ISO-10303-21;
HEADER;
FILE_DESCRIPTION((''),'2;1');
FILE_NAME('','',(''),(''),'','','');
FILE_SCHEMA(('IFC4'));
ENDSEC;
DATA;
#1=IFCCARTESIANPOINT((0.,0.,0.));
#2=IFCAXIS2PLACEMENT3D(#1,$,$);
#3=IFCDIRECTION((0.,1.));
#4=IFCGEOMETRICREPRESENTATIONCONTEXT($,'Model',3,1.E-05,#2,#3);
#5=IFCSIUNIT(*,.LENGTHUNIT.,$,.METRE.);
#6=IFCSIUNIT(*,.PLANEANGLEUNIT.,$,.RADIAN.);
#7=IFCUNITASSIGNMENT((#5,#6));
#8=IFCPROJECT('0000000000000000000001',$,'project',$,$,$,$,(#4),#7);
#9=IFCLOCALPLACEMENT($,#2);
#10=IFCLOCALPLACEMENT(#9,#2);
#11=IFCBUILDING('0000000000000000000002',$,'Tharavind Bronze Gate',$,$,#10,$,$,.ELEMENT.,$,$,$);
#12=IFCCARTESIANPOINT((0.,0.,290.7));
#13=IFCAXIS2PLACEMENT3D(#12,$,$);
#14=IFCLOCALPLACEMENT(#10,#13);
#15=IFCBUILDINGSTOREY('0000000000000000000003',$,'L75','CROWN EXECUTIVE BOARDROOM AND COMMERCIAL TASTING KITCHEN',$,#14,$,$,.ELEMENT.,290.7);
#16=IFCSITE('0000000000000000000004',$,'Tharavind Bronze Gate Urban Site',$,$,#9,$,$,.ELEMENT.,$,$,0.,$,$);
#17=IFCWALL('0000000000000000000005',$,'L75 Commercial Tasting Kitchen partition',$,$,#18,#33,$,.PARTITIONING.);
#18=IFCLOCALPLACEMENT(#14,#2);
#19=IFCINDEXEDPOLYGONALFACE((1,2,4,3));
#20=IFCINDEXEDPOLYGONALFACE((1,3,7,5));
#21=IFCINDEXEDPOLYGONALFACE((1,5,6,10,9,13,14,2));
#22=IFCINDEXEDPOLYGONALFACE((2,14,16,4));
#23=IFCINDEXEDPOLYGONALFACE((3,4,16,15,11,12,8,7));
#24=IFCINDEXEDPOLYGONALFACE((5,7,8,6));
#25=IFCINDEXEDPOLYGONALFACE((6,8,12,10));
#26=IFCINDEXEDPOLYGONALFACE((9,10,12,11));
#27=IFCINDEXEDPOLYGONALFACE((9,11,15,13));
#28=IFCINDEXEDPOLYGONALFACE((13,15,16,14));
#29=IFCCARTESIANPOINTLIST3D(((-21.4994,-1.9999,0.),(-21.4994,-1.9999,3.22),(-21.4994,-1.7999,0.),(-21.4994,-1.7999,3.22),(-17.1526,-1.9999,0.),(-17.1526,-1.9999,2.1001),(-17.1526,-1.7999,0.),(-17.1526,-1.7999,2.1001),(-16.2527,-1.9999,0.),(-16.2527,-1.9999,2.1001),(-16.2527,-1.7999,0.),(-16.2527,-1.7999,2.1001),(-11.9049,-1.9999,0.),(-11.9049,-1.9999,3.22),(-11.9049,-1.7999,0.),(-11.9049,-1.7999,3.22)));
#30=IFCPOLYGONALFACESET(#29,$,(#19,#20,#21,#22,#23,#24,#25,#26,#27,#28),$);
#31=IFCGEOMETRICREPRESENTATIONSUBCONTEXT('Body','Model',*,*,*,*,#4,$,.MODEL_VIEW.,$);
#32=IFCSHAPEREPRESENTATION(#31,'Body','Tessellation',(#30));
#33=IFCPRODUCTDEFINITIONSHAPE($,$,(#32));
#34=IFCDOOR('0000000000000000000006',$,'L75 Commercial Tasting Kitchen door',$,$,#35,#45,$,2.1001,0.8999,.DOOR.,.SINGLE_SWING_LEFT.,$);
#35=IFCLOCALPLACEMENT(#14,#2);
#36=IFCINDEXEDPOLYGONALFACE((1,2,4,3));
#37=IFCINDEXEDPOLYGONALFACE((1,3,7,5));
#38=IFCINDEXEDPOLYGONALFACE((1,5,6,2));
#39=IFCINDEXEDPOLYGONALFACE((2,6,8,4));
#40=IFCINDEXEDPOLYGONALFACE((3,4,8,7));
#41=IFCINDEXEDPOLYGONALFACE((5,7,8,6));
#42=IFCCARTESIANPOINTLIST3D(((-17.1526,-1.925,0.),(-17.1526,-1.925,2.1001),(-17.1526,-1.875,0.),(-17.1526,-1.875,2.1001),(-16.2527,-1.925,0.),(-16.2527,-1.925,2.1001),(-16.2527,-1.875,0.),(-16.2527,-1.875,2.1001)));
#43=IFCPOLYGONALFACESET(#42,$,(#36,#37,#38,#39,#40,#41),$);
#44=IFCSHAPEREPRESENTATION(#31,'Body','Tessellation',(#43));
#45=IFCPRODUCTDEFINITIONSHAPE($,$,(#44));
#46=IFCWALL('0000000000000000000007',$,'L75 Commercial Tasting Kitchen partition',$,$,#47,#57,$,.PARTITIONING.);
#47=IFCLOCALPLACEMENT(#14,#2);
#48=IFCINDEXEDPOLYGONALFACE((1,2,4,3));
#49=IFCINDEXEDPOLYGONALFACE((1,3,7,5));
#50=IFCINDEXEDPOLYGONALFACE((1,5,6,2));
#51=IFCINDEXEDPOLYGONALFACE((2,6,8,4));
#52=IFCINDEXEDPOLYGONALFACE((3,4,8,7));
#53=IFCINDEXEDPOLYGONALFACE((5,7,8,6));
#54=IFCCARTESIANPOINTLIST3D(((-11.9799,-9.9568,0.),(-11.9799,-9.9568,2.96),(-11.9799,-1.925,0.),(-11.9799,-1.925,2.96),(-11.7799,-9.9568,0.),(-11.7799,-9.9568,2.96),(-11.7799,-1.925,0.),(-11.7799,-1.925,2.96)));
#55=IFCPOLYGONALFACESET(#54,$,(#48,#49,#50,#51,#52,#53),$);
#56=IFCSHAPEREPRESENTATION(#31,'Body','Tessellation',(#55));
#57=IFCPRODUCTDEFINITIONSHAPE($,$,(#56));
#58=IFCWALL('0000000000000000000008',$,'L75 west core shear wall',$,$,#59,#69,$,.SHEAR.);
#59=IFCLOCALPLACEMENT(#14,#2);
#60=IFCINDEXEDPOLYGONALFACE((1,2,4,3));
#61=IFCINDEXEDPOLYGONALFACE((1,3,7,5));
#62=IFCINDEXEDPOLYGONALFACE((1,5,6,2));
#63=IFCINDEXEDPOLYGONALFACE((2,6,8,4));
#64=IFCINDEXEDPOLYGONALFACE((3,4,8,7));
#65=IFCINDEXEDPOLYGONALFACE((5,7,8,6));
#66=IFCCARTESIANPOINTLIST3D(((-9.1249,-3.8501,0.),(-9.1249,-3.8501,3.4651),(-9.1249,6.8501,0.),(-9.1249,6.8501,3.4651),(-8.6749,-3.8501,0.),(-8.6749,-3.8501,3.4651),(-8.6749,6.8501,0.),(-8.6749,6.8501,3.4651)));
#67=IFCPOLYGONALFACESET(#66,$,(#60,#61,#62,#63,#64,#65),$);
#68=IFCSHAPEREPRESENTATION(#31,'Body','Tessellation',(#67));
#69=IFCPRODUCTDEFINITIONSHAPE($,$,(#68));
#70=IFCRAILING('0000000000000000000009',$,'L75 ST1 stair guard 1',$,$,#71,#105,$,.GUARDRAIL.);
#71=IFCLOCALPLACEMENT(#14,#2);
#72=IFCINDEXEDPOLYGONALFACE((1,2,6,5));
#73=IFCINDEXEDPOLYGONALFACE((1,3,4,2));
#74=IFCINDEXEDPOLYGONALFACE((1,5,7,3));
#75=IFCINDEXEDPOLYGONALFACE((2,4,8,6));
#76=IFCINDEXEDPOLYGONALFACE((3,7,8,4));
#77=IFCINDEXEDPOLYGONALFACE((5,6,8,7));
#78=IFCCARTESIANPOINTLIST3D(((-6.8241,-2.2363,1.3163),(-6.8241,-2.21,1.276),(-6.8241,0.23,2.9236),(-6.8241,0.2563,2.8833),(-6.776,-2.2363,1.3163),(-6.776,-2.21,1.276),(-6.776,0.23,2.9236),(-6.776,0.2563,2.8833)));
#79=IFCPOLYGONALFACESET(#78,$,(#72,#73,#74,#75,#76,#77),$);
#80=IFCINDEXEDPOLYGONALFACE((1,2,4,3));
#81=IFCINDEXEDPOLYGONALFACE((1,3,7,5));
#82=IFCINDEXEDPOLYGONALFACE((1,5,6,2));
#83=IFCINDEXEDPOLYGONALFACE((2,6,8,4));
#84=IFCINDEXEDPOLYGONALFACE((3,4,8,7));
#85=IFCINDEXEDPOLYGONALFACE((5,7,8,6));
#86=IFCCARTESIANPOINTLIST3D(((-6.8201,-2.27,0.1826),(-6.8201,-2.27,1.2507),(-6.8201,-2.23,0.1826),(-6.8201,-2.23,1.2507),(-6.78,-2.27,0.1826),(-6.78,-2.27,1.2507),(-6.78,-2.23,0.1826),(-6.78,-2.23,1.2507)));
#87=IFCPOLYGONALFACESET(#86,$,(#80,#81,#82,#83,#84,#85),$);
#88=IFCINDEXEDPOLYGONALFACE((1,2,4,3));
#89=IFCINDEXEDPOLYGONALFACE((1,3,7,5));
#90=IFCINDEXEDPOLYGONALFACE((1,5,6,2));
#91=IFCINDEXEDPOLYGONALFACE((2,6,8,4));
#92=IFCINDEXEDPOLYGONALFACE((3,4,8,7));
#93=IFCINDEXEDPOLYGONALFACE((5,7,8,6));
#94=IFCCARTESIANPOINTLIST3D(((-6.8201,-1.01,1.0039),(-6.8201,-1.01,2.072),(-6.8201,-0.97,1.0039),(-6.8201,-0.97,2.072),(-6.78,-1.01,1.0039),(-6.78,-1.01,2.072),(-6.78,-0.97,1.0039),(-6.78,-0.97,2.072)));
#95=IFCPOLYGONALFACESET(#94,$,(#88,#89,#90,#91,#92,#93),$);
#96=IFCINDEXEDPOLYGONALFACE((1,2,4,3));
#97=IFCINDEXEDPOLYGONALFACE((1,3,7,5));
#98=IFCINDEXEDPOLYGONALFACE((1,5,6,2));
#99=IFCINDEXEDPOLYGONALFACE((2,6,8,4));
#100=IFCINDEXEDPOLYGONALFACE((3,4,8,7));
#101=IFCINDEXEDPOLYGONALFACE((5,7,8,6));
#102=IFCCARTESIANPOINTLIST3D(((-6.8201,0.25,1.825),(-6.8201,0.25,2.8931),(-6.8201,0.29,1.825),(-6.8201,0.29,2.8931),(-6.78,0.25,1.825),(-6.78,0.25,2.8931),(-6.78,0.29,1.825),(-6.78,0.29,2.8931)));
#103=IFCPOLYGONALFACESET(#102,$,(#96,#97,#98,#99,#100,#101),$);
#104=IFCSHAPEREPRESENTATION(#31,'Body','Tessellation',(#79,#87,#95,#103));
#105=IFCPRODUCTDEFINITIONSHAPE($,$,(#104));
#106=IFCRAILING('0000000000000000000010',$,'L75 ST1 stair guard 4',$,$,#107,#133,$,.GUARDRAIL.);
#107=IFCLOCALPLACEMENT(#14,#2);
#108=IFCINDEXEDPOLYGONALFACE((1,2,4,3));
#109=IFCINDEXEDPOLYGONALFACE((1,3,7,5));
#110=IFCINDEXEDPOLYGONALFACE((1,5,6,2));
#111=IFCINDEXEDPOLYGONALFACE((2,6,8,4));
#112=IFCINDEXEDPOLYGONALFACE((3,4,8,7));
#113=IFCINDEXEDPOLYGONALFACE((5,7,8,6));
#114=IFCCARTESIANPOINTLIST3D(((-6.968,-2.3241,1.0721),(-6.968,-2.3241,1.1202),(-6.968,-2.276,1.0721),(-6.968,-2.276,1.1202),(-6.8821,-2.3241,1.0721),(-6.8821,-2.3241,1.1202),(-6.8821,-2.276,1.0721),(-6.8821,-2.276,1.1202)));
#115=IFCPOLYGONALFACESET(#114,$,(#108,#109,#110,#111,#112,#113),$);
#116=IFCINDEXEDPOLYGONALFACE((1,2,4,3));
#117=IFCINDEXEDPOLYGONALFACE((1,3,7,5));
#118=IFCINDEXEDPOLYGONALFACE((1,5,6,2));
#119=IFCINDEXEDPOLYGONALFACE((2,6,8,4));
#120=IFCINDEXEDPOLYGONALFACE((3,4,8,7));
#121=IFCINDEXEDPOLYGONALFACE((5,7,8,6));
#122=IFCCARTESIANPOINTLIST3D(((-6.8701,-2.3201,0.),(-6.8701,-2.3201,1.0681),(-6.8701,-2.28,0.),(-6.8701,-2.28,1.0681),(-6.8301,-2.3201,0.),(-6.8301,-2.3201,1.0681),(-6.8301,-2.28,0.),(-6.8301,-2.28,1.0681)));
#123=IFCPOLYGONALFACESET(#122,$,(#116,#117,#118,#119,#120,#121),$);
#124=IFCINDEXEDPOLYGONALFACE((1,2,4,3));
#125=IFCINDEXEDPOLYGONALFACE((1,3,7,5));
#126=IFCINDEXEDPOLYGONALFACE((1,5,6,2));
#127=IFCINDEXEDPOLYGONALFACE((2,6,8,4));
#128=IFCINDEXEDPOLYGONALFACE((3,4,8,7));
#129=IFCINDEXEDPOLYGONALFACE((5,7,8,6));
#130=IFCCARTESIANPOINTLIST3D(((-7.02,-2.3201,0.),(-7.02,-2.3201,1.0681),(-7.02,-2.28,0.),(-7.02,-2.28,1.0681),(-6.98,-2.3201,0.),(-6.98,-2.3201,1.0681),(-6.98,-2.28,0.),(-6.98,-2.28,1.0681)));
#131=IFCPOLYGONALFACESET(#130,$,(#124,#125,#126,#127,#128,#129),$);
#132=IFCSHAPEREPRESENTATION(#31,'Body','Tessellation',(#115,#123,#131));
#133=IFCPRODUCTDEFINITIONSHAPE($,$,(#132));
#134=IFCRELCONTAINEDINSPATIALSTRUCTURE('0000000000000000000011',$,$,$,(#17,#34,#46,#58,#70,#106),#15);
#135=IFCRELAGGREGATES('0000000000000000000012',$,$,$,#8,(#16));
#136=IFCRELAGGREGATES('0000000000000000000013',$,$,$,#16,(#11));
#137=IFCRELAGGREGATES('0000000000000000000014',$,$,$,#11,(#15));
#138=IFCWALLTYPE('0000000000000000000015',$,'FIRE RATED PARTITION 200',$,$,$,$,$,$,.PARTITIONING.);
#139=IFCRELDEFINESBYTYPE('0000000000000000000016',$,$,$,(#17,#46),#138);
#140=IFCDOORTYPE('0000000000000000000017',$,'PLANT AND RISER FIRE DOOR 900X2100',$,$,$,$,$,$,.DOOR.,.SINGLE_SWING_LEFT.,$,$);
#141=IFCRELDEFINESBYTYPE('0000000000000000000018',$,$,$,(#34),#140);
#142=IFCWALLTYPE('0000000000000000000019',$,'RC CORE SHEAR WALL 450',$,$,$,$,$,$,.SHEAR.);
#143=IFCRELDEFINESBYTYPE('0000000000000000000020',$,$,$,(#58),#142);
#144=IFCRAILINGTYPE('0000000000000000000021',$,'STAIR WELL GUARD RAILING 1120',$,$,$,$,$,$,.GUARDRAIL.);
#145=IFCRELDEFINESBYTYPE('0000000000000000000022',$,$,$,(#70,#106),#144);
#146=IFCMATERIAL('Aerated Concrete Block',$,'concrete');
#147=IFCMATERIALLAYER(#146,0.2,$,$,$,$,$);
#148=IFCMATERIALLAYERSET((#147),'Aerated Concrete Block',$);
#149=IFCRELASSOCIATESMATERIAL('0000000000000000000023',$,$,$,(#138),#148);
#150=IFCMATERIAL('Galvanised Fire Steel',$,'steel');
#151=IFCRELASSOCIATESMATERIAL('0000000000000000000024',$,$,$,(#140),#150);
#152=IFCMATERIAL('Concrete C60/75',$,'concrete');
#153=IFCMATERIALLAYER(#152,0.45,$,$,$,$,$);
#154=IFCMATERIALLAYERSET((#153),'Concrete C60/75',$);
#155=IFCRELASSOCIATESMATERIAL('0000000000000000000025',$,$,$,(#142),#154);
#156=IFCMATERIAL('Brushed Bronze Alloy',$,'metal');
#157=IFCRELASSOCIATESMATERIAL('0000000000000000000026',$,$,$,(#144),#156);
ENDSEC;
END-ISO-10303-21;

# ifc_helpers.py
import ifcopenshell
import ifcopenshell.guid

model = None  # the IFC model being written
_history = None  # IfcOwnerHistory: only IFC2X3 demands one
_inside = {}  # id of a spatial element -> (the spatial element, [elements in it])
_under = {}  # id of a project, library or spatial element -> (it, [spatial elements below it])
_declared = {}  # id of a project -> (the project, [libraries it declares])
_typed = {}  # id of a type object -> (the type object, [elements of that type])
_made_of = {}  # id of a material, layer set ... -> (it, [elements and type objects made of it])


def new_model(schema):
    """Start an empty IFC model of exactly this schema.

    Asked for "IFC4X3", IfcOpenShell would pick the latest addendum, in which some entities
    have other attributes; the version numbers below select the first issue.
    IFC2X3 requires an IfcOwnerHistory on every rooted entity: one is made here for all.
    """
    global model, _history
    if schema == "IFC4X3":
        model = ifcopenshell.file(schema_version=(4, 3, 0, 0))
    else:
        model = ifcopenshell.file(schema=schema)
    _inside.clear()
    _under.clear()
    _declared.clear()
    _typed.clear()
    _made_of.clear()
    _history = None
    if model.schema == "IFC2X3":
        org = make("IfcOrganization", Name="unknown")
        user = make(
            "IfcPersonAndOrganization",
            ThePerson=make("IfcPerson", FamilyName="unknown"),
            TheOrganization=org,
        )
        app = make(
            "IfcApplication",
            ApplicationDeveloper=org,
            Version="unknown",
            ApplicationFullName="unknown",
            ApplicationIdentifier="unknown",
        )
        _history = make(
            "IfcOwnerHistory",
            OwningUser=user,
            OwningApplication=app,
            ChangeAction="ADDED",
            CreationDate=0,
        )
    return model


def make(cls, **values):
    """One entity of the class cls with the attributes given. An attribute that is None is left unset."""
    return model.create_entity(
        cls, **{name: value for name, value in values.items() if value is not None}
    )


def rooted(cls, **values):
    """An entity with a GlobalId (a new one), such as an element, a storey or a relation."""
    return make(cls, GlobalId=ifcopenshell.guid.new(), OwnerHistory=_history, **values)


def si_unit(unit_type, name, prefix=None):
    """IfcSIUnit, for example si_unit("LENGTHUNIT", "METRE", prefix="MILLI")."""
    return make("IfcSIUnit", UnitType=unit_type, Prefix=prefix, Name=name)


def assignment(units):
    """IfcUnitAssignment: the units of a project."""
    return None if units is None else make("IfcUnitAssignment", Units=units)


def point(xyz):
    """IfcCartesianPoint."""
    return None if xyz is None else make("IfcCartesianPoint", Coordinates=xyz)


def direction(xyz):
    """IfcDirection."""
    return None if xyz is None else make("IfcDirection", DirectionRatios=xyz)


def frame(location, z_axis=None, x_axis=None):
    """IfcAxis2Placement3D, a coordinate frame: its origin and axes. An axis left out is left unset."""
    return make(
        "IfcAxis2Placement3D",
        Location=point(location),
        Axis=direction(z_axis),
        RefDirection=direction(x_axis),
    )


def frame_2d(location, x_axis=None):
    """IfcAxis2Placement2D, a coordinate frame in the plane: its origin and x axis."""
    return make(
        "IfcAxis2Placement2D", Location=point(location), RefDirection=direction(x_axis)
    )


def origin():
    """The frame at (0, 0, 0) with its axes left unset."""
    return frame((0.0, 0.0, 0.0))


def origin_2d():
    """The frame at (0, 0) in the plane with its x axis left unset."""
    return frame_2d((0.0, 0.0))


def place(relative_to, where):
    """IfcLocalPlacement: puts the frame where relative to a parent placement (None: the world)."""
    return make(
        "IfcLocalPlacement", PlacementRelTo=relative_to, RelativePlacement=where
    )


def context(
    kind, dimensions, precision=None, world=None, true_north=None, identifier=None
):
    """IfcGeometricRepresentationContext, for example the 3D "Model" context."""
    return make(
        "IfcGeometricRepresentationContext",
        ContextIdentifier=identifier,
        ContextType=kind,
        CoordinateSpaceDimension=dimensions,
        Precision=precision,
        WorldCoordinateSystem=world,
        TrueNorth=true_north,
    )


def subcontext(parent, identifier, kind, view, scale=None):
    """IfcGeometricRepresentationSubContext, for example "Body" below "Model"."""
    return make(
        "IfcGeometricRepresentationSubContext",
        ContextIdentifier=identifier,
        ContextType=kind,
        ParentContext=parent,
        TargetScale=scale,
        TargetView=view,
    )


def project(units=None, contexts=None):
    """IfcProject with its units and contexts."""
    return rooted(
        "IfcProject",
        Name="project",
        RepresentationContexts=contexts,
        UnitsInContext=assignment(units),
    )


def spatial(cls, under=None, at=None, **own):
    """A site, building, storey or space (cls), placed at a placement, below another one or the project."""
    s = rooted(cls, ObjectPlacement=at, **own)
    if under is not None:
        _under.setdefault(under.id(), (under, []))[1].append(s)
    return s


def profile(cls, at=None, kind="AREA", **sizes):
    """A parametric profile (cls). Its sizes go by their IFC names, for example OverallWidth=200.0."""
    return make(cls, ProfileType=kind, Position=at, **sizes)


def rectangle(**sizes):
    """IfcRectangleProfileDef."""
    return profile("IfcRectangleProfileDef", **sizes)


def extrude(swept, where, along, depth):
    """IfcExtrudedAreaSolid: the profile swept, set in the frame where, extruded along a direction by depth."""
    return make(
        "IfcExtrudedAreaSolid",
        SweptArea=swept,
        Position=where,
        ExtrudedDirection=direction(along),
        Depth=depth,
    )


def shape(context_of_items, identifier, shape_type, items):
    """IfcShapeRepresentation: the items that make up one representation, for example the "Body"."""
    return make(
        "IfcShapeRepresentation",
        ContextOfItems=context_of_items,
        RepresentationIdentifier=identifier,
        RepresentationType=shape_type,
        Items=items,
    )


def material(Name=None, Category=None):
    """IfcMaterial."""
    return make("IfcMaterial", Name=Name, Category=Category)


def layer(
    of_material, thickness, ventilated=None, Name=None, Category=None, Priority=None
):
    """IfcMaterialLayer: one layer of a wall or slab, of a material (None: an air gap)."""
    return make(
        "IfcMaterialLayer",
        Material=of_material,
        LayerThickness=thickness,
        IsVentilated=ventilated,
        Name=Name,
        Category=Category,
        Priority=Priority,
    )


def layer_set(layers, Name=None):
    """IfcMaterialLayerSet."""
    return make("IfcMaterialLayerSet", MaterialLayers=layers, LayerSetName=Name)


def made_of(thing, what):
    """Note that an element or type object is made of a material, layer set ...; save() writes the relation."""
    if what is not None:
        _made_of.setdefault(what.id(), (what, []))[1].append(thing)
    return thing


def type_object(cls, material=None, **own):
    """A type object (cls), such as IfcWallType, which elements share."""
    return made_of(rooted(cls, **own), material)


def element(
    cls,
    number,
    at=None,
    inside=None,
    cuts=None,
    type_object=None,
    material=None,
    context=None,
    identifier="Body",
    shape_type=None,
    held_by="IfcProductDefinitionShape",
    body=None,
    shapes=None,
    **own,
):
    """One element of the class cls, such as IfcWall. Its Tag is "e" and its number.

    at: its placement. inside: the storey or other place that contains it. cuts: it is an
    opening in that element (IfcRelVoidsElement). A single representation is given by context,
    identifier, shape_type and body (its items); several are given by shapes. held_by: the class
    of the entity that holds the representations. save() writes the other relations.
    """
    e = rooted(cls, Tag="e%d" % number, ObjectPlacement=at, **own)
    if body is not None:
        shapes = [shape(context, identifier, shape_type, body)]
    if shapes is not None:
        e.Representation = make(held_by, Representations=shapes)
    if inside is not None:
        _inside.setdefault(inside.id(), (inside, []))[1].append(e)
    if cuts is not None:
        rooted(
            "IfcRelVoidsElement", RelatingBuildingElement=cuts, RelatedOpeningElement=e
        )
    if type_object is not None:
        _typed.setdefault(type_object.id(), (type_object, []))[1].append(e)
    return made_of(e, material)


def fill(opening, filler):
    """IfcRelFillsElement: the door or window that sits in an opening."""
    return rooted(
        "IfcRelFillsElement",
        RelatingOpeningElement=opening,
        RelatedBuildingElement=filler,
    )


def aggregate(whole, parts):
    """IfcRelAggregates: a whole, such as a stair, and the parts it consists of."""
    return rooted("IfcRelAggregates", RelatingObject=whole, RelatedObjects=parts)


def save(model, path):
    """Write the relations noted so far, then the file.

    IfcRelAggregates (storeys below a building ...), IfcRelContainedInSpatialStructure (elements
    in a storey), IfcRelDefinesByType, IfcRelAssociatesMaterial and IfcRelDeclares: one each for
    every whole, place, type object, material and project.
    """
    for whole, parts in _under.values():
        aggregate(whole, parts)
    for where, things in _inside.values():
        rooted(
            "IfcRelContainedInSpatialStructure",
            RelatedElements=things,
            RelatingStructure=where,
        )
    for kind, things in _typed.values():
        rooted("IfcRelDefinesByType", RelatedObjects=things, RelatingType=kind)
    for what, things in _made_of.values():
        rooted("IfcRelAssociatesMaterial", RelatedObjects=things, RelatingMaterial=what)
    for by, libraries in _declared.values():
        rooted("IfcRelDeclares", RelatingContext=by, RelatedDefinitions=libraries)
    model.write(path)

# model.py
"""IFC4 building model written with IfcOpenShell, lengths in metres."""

from ifc_helpers import new_model, si_unit, direction, frame, frame_2d, origin, origin_2d, place, context, subcontext, project, spatial, rectangle, extrude, material, layer, layer_set, type_object, element, fill, save


model = new_model("IFC4")

# Units and contexts
model_context = context("Model", 3, precision=1e-05, world=origin(), true_north=direction((0.0, 1.0)))
body_context = subcontext(model_context, "Body", "Model", "MODEL_VIEW")
ifc_project = project(units=[si_unit("LENGTHUNIT", "METRE"), si_unit("PLANEANGLEUNIT", "RADIAN")], contexts=[model_context])

# Site, building, storey
site_placement = place(None, origin())
site = spatial("IfcSite", under=ifc_project, at=site_placement, Name="Tharavind Bronze Gate Urban Site", CompositionType="ELEMENT", RefElevation=0.0)
building_placement = place(site_placement, origin())
building = spatial("IfcBuilding", under=site, at=building_placement, Name="Tharavind Bronze Gate", CompositionType="ELEMENT")
storey_placement = place(building_placement, frame((0.0, 0.0, 290.7)))
storey = spatial("IfcBuildingStorey", under=building, at=storey_placement, Name="L75", Description="CROWN EXECUTIVE BOARDROOM AND COMMERCIAL TASTING KITCHEN", CompositionType="ELEMENT", Elevation=290.7)

# Wall, opening, door
ifc_material_1 = material(Name="Aerated Concrete Block", Category="concrete")
ifc_layer_1 = layer(ifc_material_1, 0.2)
ifc_layer_set_1 = layer_set([ifc_layer_1], Name="Aerated Concrete Block")
wall_type_1 = type_object("IfcWallType", Name="FIRE RATED PARTITION 200", PredefinedType="PARTITIONING", material=ifc_layer_set_1)
wall_1_placement = place(storey_placement, frame((-21.4995, -1.8999, 0.0), z_axis=(0.0, 0.0, 1.0), x_axis=(1.0, 0.0, 0.0)))
wall_1 = element("IfcWall", 1, at=wall_1_placement, inside=storey, type_object=wall_type_1, Name="L75 Commercial Tasting Kitchen partition", PredefinedType="PARTITIONING", context=body_context, shape_type="SweptSolid", body=[
    extrude(rectangle(XDim=9.5945, YDim=0.2, at=frame_2d((4.7974, 0.0))), origin(), (0.0, 0.0, 1.0), 3.22),
])
opening_1_placement = place(wall_1_placement, frame((4.3469, 0.0, 0.0)))
opening_1 = element("IfcOpeningElement", 2, at=opening_1_placement, cuts=wall_1, PredefinedType="OPENING", context=body_context, shape_type="SweptSolid", body=[
    extrude(rectangle(XDim=0.8999, YDim=2.1001, at=frame_2d((0.45, 1.05))), frame((0.0, 0.1101, 0.0), z_axis=(0.0, -1.0, 0.0), x_axis=(1.0, 0.0, 0.0)), (0.0, 0.0, 1.0), 0.22),
])
ifc_material_2 = material(Name="Galvanised Fire Steel", Category="steel")
door_type_1 = type_object("IfcDoorType", Name="PLANT AND RISER FIRE DOOR 900X2100", OperationType="SINGLE_SWING_LEFT", PredefinedType="DOOR", material=ifc_material_2)
door_1_placement = place(opening_1_placement, origin())
door_1 = element("IfcDoor", 3, at=door_1_placement, inside=storey, type_object=door_type_1, Name="L75 Commercial Tasting Kitchen door", OperationType="SINGLE_SWING_LEFT", OverallHeight=2.1001, OverallWidth=0.8999, PredefinedType="DOOR", context=body_context, shape_type="SweptSolid", body=[
    extrude(rectangle(XDim=0.8999, YDim=2.1001, at=frame_2d((0.45, 1.05))), frame((0.0, 0.0249, 0.0), z_axis=(0.0, -1.0, 0.0), x_axis=(1.0, 0.0, 0.0)), (0.0, 0.0, 1.0), 0.05),
])
fill(opening_1, door_1)

# Wall
wall_2_placement = place(storey_placement, frame((-11.8799, -1.925, 0.0), z_axis=(0.0, 0.0, 1.0), x_axis=(0.0, -1.0, 0.0)))
element("IfcWall", 4, at=wall_2_placement, inside=storey, type_object=wall_type_1, Name="L75 Commercial Tasting Kitchen partition", PredefinedType="PARTITIONING", context=body_context, shape_type="SweptSolid", body=[
    extrude(rectangle(XDim=8.0317, YDim=0.2, at=frame_2d((4.0159, 0.0))), origin(), (0.0, 0.0, 1.0), 2.96),
])

# Wall
ifc_material_3 = material(Name="Concrete C60/75", Category="concrete")
ifc_layer_2 = layer(ifc_material_3, 0.45)
ifc_layer_set_2 = layer_set([ifc_layer_2], Name="Concrete C60/75")
wall_type_2 = type_object("IfcWallType", Name="RC CORE SHEAR WALL 450", PredefinedType="SHEAR", material=ifc_layer_set_2)
wall_3_placement = place(storey_placement, frame((-8.8999, -3.8501, 0.0), z_axis=(0.0, 0.0, 1.0), x_axis=(0.0, 1.0, 0.0)))
element("IfcWall", 5, at=wall_3_placement, inside=storey, type_object=wall_type_2, Name="L75 west core shear wall", PredefinedType="SHEAR", context=body_context, shape_type="SweptSolid", body=[
    extrude(rectangle(XDim=10.7002, YDim=0.45, at=frame_2d((5.3501, 0.0))), origin(), (0.0, 0.0, 1.0), 3.4651),
])

# Railings
ifc_material_4 = material(Name="Brushed Bronze Alloy", Category="metal")
railing_type = type_object("IfcRailingType", Name="STAIR WELL GUARD RAILING 1120", PredefinedType="GUARDRAIL", material=ifc_material_4)
railing_1_placement = place(storey_placement, frame((-6.8, -2.25, 0.1826)))
element("IfcRailing", 6, at=railing_1_placement, inside=storey, type_object=railing_type, Name="L75 ST1 stair guard 1", PredefinedType="GUARDRAIL", context=body_context, shape_type="SweptSolid", body=[
    extrude(rectangle(XDim=0.0481, YDim=0.0481, at=origin_2d()), frame((0.0, 0.0269, 1.1135), z_axis=(0.0, 0.837787, 0.545998), x_axis=(-1.0, 0.0, 0.0)), (0.0, 0.0, 1.0), 2.9438),
    extrude(rectangle(XDim=0.04, YDim=0.04, at=origin_2d()), origin(), (0.0, 0.0, 1.0), 1.0681),
    extrude(rectangle(XDim=0.04, YDim=0.04, at=origin_2d()), frame((0.0, 1.26, 0.8213)), (0.0, 0.0, 1.0), 1.0681),
    extrude(rectangle(XDim=0.04, YDim=0.04, at=origin_2d()), frame((0.0, 2.52, 1.6423)), (0.0, 0.0, 1.0), 1.0681),
])
railing_2_placement = place(storey_placement, frame((-6.8501, -2.3, 0.0)))
element("IfcRailing", 7, at=railing_2_placement, inside=storey, type_object=railing_type, Name="L75 ST1 stair guard 4", PredefinedType="GUARDRAIL", context=body_context, shape_type="SweptSolid", body=[
    extrude(rectangle(XDim=0.0481, YDim=0.0481, at=origin_2d()), frame((-0.032, 0.0, 1.0962), z_axis=(-1.0, 0.0, 0.0), x_axis=(0.0, -1.0, 0.0)), (0.0, 0.0, 1.0), 0.0859),
    extrude(rectangle(XDim=0.04, YDim=0.04, at=origin_2d()), origin(), (0.0, 0.0, 1.0), 1.0681),
    extrude(rectangle(XDim=0.04, YDim=0.04, at=origin_2d()), frame((-0.1499, 0.0, 0.0)), (0.0, 0.0, 1.0), 1.0681),
])

save(model, "model.ifc")
